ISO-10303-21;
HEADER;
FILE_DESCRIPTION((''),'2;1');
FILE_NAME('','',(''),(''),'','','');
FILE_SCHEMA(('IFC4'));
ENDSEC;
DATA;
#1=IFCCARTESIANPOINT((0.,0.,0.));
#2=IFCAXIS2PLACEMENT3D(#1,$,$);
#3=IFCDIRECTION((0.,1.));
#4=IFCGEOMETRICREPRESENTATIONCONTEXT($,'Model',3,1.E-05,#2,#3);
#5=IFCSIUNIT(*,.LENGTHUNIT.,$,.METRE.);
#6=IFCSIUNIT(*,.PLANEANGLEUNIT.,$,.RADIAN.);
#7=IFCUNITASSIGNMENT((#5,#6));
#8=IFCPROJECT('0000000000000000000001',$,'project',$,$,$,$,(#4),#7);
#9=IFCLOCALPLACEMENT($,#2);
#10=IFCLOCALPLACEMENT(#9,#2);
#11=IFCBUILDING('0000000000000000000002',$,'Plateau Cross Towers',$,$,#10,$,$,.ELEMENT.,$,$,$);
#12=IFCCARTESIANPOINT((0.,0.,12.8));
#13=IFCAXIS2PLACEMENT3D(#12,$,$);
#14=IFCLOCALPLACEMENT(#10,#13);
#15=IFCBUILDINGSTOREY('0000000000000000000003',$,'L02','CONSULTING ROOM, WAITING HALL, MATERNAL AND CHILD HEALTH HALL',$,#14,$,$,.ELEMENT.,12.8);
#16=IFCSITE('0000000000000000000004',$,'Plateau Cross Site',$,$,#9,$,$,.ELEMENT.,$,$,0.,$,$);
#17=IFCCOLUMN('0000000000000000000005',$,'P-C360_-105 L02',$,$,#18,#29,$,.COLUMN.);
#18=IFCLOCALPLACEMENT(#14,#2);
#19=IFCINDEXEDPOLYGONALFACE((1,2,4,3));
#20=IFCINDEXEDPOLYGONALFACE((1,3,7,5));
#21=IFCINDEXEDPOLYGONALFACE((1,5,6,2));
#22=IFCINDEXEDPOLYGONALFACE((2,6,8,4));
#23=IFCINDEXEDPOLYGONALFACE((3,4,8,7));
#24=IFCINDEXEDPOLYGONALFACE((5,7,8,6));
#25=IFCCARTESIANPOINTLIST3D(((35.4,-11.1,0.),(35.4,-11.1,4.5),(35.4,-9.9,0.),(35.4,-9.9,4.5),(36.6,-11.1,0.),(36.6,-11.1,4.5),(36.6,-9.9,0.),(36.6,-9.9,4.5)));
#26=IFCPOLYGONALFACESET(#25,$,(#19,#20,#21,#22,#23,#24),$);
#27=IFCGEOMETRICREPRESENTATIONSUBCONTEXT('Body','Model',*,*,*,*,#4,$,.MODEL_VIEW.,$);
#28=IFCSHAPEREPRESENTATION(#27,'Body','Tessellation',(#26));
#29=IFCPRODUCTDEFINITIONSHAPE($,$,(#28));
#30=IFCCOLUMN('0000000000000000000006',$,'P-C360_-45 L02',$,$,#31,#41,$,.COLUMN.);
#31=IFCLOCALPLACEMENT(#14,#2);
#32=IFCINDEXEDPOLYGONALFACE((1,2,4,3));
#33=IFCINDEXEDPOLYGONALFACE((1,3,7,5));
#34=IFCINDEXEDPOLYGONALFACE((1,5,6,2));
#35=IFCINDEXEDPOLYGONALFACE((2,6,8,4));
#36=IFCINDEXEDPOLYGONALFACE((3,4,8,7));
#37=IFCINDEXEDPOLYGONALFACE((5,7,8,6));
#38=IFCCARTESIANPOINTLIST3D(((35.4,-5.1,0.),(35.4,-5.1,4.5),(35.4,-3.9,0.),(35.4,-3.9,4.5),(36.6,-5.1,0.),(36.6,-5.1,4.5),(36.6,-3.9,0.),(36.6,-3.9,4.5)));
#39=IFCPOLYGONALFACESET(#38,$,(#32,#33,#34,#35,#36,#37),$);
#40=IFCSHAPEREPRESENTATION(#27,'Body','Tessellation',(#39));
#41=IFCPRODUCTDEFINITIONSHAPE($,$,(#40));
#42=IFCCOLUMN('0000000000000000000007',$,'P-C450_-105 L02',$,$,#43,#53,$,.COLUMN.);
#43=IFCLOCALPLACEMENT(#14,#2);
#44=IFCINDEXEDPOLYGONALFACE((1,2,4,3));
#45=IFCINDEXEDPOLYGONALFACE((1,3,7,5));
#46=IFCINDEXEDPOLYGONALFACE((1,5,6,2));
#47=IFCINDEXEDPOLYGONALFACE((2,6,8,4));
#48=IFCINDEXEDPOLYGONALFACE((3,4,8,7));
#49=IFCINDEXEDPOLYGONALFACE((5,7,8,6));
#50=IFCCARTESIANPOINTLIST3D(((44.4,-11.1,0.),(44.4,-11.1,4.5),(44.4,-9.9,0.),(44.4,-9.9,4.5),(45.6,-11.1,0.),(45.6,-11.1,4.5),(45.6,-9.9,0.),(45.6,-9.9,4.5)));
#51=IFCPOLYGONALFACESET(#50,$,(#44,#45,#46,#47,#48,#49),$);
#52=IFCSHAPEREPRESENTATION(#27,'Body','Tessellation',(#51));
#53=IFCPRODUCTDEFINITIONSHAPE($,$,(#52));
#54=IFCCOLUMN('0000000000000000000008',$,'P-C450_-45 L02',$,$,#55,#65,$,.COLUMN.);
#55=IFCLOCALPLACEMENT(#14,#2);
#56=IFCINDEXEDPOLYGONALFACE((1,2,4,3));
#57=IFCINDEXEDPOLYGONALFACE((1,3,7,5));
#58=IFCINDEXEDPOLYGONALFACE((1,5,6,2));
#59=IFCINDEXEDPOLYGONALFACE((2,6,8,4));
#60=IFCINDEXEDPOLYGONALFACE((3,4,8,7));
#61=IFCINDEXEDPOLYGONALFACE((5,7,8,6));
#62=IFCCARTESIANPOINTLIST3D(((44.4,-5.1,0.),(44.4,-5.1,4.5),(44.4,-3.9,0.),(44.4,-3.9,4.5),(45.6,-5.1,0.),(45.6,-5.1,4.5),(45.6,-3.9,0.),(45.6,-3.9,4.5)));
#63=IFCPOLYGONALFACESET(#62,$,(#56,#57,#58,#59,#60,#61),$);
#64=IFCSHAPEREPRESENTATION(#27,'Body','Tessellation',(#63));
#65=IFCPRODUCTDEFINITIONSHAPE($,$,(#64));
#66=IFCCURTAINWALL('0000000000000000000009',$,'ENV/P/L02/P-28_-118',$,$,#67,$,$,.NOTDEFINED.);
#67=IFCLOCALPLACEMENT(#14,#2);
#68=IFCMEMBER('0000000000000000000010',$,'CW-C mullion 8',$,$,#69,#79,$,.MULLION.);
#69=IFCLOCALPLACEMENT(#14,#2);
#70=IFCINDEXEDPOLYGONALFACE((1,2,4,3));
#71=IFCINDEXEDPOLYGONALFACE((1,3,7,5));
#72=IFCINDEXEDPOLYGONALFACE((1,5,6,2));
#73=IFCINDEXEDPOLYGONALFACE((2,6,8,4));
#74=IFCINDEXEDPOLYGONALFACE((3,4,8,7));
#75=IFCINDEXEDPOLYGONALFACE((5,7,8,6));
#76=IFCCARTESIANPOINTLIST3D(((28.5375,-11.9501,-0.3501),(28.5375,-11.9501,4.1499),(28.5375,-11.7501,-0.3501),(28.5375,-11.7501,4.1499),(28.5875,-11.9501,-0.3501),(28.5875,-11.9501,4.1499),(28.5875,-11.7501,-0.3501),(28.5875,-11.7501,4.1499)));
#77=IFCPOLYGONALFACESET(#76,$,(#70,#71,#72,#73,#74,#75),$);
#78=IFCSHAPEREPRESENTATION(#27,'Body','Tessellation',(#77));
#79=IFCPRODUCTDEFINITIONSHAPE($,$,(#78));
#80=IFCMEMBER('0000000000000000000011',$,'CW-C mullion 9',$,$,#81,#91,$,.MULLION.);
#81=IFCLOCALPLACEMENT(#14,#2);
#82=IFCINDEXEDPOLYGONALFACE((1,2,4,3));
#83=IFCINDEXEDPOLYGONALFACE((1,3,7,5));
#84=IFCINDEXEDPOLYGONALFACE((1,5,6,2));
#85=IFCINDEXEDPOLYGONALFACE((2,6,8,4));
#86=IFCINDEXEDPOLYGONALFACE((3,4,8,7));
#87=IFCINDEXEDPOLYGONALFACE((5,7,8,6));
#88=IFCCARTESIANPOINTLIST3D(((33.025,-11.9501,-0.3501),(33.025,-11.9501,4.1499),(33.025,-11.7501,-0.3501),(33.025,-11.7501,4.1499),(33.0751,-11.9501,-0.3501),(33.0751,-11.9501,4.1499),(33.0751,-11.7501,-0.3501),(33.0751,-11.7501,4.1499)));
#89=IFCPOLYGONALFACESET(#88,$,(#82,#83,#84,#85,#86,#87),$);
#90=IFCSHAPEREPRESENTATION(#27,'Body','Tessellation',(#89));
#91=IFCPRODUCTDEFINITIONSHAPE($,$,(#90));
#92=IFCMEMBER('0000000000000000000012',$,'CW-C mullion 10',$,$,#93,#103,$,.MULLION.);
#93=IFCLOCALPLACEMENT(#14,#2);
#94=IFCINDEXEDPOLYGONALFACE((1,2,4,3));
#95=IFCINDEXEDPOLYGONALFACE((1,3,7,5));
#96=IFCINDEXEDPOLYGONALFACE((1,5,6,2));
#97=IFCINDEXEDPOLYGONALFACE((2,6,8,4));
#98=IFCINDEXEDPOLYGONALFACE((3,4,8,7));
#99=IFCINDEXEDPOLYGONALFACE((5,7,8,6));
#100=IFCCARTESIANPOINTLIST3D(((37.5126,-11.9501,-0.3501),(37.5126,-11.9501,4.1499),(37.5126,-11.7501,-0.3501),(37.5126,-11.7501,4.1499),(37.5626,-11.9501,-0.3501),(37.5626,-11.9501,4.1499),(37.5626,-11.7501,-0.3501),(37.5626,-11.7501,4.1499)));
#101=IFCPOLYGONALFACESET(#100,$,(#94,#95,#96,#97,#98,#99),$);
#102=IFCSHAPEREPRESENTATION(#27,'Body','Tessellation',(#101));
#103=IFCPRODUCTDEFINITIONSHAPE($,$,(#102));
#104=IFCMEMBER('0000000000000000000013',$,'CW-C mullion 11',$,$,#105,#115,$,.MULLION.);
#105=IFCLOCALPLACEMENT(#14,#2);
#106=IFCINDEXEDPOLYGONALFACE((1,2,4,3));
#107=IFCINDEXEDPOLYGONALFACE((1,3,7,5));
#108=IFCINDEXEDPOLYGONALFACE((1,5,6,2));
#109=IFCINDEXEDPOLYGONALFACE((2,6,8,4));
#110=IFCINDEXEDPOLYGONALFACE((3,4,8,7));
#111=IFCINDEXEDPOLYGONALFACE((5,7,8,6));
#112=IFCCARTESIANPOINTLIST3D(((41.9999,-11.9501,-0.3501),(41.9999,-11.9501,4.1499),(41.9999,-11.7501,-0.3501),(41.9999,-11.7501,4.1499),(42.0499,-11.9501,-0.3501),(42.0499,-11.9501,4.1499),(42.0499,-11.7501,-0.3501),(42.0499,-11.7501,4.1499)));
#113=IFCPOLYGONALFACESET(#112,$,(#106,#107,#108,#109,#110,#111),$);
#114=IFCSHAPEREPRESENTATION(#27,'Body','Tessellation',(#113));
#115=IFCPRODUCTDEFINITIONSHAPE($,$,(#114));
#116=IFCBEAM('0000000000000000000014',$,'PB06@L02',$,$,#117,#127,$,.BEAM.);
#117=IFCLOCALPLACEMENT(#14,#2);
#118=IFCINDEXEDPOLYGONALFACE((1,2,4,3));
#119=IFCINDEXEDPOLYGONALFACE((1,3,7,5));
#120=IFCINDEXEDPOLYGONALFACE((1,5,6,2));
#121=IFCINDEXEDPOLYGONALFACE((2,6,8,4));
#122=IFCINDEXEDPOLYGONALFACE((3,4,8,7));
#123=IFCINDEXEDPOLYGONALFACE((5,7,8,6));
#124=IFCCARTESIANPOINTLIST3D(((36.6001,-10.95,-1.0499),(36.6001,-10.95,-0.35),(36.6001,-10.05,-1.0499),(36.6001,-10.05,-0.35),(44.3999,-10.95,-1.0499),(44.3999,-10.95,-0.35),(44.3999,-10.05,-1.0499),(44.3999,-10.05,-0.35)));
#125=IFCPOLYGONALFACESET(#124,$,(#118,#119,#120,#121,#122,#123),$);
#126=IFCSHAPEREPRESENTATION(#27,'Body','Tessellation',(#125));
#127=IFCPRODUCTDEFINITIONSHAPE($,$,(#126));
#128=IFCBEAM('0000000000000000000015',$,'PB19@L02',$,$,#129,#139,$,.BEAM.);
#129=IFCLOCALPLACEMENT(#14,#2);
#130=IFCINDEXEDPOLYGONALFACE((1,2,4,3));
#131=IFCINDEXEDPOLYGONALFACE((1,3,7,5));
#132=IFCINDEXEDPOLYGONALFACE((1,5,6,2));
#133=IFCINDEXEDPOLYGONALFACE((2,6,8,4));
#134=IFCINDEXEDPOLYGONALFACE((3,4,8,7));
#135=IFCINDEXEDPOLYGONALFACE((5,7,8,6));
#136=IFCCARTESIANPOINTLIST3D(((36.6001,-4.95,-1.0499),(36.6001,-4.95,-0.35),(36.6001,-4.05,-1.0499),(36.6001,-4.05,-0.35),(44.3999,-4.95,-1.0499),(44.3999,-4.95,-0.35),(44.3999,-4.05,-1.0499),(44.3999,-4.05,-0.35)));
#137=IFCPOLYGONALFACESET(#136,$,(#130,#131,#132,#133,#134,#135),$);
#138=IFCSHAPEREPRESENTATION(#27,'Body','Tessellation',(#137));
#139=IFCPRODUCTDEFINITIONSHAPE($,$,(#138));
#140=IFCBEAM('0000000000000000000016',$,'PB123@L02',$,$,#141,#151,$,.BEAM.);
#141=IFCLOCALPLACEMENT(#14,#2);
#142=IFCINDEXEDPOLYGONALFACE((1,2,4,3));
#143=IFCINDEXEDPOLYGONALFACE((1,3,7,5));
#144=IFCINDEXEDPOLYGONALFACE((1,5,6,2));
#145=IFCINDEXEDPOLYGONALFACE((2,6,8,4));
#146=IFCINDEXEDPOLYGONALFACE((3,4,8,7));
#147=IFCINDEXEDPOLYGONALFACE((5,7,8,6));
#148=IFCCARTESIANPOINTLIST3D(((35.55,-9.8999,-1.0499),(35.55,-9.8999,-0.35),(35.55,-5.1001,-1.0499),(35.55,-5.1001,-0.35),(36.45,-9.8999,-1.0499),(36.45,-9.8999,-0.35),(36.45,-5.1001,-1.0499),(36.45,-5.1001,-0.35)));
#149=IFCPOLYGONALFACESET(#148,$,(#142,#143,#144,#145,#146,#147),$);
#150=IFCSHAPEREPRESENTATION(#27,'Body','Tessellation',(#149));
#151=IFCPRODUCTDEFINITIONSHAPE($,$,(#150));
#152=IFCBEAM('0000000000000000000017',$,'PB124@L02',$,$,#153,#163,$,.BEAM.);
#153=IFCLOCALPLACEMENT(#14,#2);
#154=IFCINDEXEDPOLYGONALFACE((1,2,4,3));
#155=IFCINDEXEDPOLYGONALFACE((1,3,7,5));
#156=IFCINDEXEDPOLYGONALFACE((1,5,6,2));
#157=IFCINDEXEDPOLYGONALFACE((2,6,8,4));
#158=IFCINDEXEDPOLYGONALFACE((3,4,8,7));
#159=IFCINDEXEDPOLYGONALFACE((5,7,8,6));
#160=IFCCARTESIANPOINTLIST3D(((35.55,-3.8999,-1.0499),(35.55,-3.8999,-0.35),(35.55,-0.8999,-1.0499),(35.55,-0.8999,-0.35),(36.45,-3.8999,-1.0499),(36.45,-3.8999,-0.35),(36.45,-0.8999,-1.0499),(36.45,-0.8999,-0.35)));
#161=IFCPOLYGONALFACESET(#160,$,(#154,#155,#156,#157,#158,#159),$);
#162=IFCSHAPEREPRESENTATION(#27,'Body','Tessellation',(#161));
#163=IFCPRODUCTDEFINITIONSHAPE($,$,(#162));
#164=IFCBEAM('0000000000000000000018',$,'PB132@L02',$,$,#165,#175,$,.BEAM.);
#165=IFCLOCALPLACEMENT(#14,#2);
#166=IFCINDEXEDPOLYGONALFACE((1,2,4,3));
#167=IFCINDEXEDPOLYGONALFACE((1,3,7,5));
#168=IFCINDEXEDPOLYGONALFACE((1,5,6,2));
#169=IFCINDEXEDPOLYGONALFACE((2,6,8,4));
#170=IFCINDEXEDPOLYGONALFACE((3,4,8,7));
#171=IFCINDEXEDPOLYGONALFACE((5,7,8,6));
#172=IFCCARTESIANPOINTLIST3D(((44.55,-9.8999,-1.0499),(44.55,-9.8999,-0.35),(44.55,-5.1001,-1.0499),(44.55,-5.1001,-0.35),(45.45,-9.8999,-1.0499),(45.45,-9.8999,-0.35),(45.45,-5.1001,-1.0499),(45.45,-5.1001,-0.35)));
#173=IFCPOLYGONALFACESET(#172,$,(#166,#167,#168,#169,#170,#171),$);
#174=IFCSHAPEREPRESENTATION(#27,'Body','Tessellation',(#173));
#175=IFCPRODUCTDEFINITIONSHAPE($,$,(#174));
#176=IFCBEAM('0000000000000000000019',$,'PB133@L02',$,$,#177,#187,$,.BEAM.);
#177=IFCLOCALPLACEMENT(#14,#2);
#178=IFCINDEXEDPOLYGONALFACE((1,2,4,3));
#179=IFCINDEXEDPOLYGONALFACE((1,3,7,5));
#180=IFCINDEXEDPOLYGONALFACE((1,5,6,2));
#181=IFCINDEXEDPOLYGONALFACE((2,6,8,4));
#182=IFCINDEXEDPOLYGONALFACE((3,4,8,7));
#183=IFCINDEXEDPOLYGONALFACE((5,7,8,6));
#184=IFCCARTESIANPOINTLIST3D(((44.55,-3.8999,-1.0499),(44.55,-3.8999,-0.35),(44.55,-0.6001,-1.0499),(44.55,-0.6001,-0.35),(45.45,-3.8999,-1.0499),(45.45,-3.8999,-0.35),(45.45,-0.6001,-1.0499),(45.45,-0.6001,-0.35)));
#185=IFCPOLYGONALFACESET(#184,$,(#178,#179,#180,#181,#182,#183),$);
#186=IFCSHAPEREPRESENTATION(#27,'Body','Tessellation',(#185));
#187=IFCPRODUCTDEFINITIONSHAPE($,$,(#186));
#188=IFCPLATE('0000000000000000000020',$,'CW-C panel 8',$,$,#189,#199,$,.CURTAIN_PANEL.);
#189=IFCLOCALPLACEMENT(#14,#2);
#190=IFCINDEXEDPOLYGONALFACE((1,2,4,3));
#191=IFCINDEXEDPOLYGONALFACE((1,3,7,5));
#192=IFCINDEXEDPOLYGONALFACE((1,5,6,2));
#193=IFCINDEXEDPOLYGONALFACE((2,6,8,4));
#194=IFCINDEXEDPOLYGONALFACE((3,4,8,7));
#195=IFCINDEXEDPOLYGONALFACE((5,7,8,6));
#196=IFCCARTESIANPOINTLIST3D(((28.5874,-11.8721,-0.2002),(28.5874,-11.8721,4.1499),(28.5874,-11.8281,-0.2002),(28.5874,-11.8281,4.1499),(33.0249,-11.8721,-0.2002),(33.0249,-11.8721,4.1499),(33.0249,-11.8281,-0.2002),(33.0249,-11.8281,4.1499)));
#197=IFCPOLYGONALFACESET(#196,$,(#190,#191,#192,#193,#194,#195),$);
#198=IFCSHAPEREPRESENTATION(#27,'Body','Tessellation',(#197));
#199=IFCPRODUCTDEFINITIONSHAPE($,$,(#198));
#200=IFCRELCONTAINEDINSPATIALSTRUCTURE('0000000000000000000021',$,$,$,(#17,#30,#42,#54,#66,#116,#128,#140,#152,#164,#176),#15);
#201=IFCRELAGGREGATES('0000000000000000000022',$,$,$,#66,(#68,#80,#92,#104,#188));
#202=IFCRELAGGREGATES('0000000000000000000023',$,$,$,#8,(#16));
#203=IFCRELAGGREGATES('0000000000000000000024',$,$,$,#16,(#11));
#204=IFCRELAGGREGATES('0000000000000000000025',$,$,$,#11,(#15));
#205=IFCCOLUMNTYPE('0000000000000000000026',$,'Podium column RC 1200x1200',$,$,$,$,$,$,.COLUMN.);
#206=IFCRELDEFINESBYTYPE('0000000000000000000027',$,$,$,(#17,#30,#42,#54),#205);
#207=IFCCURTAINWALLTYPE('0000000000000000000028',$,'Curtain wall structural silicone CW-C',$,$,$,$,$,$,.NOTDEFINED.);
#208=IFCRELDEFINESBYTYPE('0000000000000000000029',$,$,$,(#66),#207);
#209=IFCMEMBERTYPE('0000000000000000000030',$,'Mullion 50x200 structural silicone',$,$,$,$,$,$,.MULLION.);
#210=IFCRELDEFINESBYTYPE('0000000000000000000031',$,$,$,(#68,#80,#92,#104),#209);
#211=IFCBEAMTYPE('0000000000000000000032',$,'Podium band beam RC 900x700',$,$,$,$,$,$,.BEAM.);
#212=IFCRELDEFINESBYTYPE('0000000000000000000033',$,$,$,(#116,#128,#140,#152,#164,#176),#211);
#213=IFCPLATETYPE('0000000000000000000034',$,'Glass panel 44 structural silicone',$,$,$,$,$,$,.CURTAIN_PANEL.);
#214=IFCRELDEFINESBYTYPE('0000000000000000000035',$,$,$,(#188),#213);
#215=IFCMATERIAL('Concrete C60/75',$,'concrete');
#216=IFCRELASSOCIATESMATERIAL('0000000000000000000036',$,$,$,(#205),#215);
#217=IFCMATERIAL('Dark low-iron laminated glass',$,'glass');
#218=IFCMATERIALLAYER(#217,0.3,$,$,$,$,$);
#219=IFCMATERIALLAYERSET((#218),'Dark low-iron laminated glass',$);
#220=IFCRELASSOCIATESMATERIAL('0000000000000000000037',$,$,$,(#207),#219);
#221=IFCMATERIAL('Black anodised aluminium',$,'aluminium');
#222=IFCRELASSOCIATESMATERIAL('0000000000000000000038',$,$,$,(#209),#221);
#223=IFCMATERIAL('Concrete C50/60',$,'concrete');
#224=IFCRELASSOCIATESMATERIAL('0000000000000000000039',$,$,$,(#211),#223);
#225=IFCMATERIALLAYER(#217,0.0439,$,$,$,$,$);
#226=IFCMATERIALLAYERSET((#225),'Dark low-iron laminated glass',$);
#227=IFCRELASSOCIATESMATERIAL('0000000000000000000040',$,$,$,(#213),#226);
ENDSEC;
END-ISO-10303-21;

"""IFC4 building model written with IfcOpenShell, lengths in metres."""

from ifc_helpers import new_model, si_unit, direction, frame, origin, origin_2d, place, context, subcontext, project, spatial, rectangle, extrude, material, layer, layer_set, material_profile, profile_set, type_object, element, aggregate, save


model = new_model("IFC4")

# Units and contexts
model_context = context("Model", 3, precision=1e-05, world=origin(), true_north=direction((0.0, 1.0)))
body_context = subcontext(model_context, "Body", "Model", "MODEL_VIEW")
ifc_project = project(units=[si_unit("LENGTHUNIT", "METRE"), si_unit("PLANEANGLEUNIT", "RADIAN")], contexts=[model_context])

# Site, building, storey
site_placement = place(None, origin())
site = spatial("IfcSite", under=ifc_project, at=site_placement, Name="Plateau Cross Site", CompositionType="ELEMENT", RefElevation=0.0)
building_placement = place(site_placement, origin())
building = spatial("IfcBuilding", under=site, at=building_placement, Name="Plateau Cross Towers", CompositionType="ELEMENT")
storey_placement = place(building_placement, frame((0.0, 0.0, 12.8)))
storey = spatial("IfcBuildingStorey", under=building, at=storey_placement, Name="L02", Description="CONSULTING ROOM, WAITING HALL, MATERNAL AND CHILD HEALTH HALL", CompositionType="ELEMENT", Elevation=12.8)

# Columns
ifc_material_1 = material(Name="Concrete C60/75", Category="concrete")
ifc_material_profile_1 = material_profile(ifc_material_1, rectangle(XDim=1.2, YDim=1.2, at=origin_2d()), Name="RC 1200x1200")
ifc_profile_set_1 = profile_set([ifc_material_profile_1], Name="Concrete C60/75")
column_type = type_object("IfcColumnType", Name="Podium column RC 1200x1200", PredefinedType="COLUMN", material=ifc_profile_set_1)
for number, where, z_axis, x_axis, name in (
    (1, (36.0, -10.5, 0.0), (0.0, 0.0, 1.0), (1.0, 0.0, 0.0), "P-C360_-105 L02"),
    (2, (36.0, -4.5, 0.0), (0.0, 0.0, 1.0), (1.0, 0.0, 0.0), "P-C360_-45 L02"),
    (3, (45.0, -10.5, 0.0), (0.0, 0.0, 1.0), (1.0, 0.0, 0.0), "P-C450_-105 L02"),
    (4, (45.0, -4.5, 0.0), (0.0, 0.0, 1.0), (1.0, 0.0, 0.0), "P-C450_-45 L02"),
):
    element("IfcColumn", number, at=place(storey_placement, frame(where, z_axis=z_axis, x_axis=x_axis)), inside=storey, type_object=column_type, Name=name, PredefinedType="COLUMN", context=body_context, shape_type="SweptSolid", body=[
        extrude(rectangle(XDim=1.2, YDim=1.2, at=origin_2d()), origin(), (0.0, 0.0, 1.0), 4.5),
    ])

# Curtain wall, members
ifc_material_2 = material(Name="Dark low-iron laminated glass", Category="glass")
ifc_layer_1 = layer(ifc_material_2, 0.3)
ifc_layer_set_1 = layer_set([ifc_layer_1], Name="Dark low-iron laminated glass")
curtain_wall_type = type_object("IfcCurtainWallType", Name="Curtain wall structural silicone CW-C", PredefinedType="NOTDEFINED", material=ifc_layer_set_1)
curtain_wall_placement = place(storey_placement, origin())
curtain_wall = element("IfcCurtainWall", 5, at=curtain_wall_placement, inside=storey, type_object=curtain_wall_type, Name="ENV/P/L02/P-28_-118", PredefinedType="NOTDEFINED")
ifc_material_3 = material(Name="Black anodised aluminium", Category="aluminium")
ifc_material_profile_2 = material_profile(ifc_material_3, rectangle(XDim=0.05, YDim=0.2, at=origin_2d()), Name="MULLION 50x200")
ifc_profile_set_2 = profile_set([ifc_material_profile_2], Name="Black anodised aluminium")
member_type = type_object("IfcMemberType", Name="Mullion 50x200 structural silicone", PredefinedType="MULLION", material=ifc_profile_set_2)
member_1_placement = place(storey_placement, frame((28.5625, -11.8501, -0.3501), z_axis=(0.0, 0.0, 1.0), x_axis=(1.0, 0.0, 0.0)))
member_1 = element("IfcMember", 6, at=member_1_placement, type_object=member_type, Name="CW-C mullion 8", PredefinedType="MULLION", context=body_context, shape_type="SweptSolid", body=[
    extrude(rectangle(XDim=0.05, YDim=0.2, at=origin_2d()), origin(), (0.0, 0.0, 1.0), 4.5),
])
member_2_placement = place(storey_placement, frame((33.05, -11.8501, -0.3501), z_axis=(0.0, 0.0, 1.0), x_axis=(1.0, 0.0, 0.0)))
member_2 = element("IfcMember", 7, at=member_2_placement, type_object=member_type, Name="CW-C mullion 9", PredefinedType="MULLION", context=body_context, shape_type="SweptSolid", body=[
    extrude(rectangle(XDim=0.05, YDim=0.2, at=origin_2d()), origin(), (0.0, 0.0, 1.0), 4.5),
])
member_3_placement = place(storey_placement, frame((37.5376, -11.8501, -0.3501), z_axis=(0.0, 0.0, 1.0), x_axis=(1.0, 0.0, 0.0)))
member_3 = element("IfcMember", 8, at=member_3_placement, type_object=member_type, Name="CW-C mullion 10", PredefinedType="MULLION", context=body_context, shape_type="SweptSolid", body=[
    extrude(rectangle(XDim=0.05, YDim=0.2, at=origin_2d()), origin(), (0.0, 0.0, 1.0), 4.5),
])
member_4_placement = place(storey_placement, frame((42.0249, -11.8501, -0.3501), z_axis=(0.0, 0.0, 1.0), x_axis=(1.0, 0.0, 0.0)))
member_4 = element("IfcMember", 9, at=member_4_placement, type_object=member_type, Name="CW-C mullion 11", PredefinedType="MULLION", context=body_context, shape_type="SweptSolid", body=[
    extrude(rectangle(XDim=0.05, YDim=0.2, at=origin_2d()), origin(), (0.0, 0.0, 1.0), 4.5),
])

# Beams
ifc_material_4 = material(Name="Concrete C50/60", Category="concrete")
ifc_material_profile_3 = material_profile(ifc_material_4, rectangle(XDim=0.8999, YDim=0.7, at=origin_2d()), Name="RC 900x700")
ifc_profile_set_3 = profile_set([ifc_material_profile_3], Name="Concrete C50/60")
beam_type = type_object("IfcBeamType", Name="Podium band beam RC 900x700", PredefinedType="BEAM", material=ifc_profile_set_3)
for number, where, z_axis, x_axis, name in (
    (10, (36.6001, -10.5, -0.7), (1.0, 0.0, 0.0), (0.0, 1.0, 0.0), "PB06@L02"),
    (11, (36.6001, -4.5, -0.7), (1.0, 0.0, 0.0), (0.0, 1.0, 0.0), "PB19@L02"),
):
    element("IfcBeam", number, at=place(storey_placement, frame(where, z_axis=z_axis, x_axis=x_axis)), inside=storey, type_object=beam_type, Name=name, PredefinedType="BEAM", context=body_context, shape_type="SweptSolid", body=[
        extrude(rectangle(XDim=0.8999, YDim=0.7, at=origin_2d()), origin(), (0.0, 0.0, 1.0), 7.7998),
    ])
beam_1_placement = place(storey_placement, frame((36.0, -9.8999, -0.7), z_axis=(0.0, 1.0, 0.0), x_axis=(-1.0, 0.0, 0.0)))
element("IfcBeam", 12, at=beam_1_placement, inside=storey, type_object=beam_type, Name="PB123@L02", PredefinedType="BEAM", context=body_context, shape_type="SweptSolid", body=[
    extrude(rectangle(XDim=0.8999, YDim=0.7, at=origin_2d()), origin(), (0.0, 0.0, 1.0), 4.7998),
])
beam_2_placement = place(storey_placement, frame((36.0, -3.8999, -0.7), z_axis=(0.0, 1.0, 0.0), x_axis=(-1.0, 0.0, 0.0)))
element("IfcBeam", 13, at=beam_2_placement, inside=storey, type_object=beam_type, Name="PB124@L02", PredefinedType="BEAM", context=body_context, shape_type="SweptSolid", body=[
    extrude(rectangle(XDim=0.8999, YDim=0.7, at=origin_2d()), origin(), (0.0, 0.0, 1.0), 3.0),
])
beam_3_placement = place(storey_placement, frame((45.0, -9.8999, -0.7), z_axis=(0.0, 1.0, 0.0), x_axis=(-1.0, 0.0, 0.0)))
element("IfcBeam", 14, at=beam_3_placement, inside=storey, type_object=beam_type, Name="PB132@L02", PredefinedType="BEAM", context=body_context, shape_type="SweptSolid", body=[
    extrude(rectangle(XDim=0.8999, YDim=0.7, at=origin_2d()), origin(), (0.0, 0.0, 1.0), 4.7998),
])
beam_4_placement = place(storey_placement, frame((45.0, -3.8999, -0.7), z_axis=(0.0, 1.0, 0.0), x_axis=(-1.0, 0.0, 0.0)))
element("IfcBeam", 15, at=beam_4_placement, inside=storey, type_object=beam_type, Name="PB133@L02", PredefinedType="BEAM", context=body_context, shape_type="SweptSolid", body=[
    extrude(rectangle(XDim=0.8999, YDim=0.7, at=origin_2d()), origin(), (0.0, 0.0, 1.0), 3.2998),
])

# Plate
ifc_layer_2 = layer(ifc_material_2, 0.0439)
ifc_layer_set_2 = layer_set([ifc_layer_2], Name="Dark low-iron laminated glass")
plate_type = type_object("IfcPlateType", Name="Glass panel 44 structural silicone", PredefinedType="CURTAIN_PANEL", material=ifc_layer_set_2)
plate_1_placement = place(storey_placement, frame((30.8062, -11.8501, -0.2002), z_axis=(0.0, 0.0, 1.0), x_axis=(1.0, 0.0, 0.0)))
plate_1 = element("IfcPlate", 16, at=plate_1_placement, type_object=plate_type, Name="CW-C panel 8", PredefinedType="CURTAIN_PANEL", context=body_context, shape_type="SweptSolid", body=[
    extrude(rectangle(XDim=4.4375, YDim=0.0439, at=origin_2d()), origin(), (0.0, 0.0, 1.0), 4.3501),
])
aggregate(curtain_wall, [member_1, member_2, member_3, member_4, plate_1])

save(model, "model.ifc")
